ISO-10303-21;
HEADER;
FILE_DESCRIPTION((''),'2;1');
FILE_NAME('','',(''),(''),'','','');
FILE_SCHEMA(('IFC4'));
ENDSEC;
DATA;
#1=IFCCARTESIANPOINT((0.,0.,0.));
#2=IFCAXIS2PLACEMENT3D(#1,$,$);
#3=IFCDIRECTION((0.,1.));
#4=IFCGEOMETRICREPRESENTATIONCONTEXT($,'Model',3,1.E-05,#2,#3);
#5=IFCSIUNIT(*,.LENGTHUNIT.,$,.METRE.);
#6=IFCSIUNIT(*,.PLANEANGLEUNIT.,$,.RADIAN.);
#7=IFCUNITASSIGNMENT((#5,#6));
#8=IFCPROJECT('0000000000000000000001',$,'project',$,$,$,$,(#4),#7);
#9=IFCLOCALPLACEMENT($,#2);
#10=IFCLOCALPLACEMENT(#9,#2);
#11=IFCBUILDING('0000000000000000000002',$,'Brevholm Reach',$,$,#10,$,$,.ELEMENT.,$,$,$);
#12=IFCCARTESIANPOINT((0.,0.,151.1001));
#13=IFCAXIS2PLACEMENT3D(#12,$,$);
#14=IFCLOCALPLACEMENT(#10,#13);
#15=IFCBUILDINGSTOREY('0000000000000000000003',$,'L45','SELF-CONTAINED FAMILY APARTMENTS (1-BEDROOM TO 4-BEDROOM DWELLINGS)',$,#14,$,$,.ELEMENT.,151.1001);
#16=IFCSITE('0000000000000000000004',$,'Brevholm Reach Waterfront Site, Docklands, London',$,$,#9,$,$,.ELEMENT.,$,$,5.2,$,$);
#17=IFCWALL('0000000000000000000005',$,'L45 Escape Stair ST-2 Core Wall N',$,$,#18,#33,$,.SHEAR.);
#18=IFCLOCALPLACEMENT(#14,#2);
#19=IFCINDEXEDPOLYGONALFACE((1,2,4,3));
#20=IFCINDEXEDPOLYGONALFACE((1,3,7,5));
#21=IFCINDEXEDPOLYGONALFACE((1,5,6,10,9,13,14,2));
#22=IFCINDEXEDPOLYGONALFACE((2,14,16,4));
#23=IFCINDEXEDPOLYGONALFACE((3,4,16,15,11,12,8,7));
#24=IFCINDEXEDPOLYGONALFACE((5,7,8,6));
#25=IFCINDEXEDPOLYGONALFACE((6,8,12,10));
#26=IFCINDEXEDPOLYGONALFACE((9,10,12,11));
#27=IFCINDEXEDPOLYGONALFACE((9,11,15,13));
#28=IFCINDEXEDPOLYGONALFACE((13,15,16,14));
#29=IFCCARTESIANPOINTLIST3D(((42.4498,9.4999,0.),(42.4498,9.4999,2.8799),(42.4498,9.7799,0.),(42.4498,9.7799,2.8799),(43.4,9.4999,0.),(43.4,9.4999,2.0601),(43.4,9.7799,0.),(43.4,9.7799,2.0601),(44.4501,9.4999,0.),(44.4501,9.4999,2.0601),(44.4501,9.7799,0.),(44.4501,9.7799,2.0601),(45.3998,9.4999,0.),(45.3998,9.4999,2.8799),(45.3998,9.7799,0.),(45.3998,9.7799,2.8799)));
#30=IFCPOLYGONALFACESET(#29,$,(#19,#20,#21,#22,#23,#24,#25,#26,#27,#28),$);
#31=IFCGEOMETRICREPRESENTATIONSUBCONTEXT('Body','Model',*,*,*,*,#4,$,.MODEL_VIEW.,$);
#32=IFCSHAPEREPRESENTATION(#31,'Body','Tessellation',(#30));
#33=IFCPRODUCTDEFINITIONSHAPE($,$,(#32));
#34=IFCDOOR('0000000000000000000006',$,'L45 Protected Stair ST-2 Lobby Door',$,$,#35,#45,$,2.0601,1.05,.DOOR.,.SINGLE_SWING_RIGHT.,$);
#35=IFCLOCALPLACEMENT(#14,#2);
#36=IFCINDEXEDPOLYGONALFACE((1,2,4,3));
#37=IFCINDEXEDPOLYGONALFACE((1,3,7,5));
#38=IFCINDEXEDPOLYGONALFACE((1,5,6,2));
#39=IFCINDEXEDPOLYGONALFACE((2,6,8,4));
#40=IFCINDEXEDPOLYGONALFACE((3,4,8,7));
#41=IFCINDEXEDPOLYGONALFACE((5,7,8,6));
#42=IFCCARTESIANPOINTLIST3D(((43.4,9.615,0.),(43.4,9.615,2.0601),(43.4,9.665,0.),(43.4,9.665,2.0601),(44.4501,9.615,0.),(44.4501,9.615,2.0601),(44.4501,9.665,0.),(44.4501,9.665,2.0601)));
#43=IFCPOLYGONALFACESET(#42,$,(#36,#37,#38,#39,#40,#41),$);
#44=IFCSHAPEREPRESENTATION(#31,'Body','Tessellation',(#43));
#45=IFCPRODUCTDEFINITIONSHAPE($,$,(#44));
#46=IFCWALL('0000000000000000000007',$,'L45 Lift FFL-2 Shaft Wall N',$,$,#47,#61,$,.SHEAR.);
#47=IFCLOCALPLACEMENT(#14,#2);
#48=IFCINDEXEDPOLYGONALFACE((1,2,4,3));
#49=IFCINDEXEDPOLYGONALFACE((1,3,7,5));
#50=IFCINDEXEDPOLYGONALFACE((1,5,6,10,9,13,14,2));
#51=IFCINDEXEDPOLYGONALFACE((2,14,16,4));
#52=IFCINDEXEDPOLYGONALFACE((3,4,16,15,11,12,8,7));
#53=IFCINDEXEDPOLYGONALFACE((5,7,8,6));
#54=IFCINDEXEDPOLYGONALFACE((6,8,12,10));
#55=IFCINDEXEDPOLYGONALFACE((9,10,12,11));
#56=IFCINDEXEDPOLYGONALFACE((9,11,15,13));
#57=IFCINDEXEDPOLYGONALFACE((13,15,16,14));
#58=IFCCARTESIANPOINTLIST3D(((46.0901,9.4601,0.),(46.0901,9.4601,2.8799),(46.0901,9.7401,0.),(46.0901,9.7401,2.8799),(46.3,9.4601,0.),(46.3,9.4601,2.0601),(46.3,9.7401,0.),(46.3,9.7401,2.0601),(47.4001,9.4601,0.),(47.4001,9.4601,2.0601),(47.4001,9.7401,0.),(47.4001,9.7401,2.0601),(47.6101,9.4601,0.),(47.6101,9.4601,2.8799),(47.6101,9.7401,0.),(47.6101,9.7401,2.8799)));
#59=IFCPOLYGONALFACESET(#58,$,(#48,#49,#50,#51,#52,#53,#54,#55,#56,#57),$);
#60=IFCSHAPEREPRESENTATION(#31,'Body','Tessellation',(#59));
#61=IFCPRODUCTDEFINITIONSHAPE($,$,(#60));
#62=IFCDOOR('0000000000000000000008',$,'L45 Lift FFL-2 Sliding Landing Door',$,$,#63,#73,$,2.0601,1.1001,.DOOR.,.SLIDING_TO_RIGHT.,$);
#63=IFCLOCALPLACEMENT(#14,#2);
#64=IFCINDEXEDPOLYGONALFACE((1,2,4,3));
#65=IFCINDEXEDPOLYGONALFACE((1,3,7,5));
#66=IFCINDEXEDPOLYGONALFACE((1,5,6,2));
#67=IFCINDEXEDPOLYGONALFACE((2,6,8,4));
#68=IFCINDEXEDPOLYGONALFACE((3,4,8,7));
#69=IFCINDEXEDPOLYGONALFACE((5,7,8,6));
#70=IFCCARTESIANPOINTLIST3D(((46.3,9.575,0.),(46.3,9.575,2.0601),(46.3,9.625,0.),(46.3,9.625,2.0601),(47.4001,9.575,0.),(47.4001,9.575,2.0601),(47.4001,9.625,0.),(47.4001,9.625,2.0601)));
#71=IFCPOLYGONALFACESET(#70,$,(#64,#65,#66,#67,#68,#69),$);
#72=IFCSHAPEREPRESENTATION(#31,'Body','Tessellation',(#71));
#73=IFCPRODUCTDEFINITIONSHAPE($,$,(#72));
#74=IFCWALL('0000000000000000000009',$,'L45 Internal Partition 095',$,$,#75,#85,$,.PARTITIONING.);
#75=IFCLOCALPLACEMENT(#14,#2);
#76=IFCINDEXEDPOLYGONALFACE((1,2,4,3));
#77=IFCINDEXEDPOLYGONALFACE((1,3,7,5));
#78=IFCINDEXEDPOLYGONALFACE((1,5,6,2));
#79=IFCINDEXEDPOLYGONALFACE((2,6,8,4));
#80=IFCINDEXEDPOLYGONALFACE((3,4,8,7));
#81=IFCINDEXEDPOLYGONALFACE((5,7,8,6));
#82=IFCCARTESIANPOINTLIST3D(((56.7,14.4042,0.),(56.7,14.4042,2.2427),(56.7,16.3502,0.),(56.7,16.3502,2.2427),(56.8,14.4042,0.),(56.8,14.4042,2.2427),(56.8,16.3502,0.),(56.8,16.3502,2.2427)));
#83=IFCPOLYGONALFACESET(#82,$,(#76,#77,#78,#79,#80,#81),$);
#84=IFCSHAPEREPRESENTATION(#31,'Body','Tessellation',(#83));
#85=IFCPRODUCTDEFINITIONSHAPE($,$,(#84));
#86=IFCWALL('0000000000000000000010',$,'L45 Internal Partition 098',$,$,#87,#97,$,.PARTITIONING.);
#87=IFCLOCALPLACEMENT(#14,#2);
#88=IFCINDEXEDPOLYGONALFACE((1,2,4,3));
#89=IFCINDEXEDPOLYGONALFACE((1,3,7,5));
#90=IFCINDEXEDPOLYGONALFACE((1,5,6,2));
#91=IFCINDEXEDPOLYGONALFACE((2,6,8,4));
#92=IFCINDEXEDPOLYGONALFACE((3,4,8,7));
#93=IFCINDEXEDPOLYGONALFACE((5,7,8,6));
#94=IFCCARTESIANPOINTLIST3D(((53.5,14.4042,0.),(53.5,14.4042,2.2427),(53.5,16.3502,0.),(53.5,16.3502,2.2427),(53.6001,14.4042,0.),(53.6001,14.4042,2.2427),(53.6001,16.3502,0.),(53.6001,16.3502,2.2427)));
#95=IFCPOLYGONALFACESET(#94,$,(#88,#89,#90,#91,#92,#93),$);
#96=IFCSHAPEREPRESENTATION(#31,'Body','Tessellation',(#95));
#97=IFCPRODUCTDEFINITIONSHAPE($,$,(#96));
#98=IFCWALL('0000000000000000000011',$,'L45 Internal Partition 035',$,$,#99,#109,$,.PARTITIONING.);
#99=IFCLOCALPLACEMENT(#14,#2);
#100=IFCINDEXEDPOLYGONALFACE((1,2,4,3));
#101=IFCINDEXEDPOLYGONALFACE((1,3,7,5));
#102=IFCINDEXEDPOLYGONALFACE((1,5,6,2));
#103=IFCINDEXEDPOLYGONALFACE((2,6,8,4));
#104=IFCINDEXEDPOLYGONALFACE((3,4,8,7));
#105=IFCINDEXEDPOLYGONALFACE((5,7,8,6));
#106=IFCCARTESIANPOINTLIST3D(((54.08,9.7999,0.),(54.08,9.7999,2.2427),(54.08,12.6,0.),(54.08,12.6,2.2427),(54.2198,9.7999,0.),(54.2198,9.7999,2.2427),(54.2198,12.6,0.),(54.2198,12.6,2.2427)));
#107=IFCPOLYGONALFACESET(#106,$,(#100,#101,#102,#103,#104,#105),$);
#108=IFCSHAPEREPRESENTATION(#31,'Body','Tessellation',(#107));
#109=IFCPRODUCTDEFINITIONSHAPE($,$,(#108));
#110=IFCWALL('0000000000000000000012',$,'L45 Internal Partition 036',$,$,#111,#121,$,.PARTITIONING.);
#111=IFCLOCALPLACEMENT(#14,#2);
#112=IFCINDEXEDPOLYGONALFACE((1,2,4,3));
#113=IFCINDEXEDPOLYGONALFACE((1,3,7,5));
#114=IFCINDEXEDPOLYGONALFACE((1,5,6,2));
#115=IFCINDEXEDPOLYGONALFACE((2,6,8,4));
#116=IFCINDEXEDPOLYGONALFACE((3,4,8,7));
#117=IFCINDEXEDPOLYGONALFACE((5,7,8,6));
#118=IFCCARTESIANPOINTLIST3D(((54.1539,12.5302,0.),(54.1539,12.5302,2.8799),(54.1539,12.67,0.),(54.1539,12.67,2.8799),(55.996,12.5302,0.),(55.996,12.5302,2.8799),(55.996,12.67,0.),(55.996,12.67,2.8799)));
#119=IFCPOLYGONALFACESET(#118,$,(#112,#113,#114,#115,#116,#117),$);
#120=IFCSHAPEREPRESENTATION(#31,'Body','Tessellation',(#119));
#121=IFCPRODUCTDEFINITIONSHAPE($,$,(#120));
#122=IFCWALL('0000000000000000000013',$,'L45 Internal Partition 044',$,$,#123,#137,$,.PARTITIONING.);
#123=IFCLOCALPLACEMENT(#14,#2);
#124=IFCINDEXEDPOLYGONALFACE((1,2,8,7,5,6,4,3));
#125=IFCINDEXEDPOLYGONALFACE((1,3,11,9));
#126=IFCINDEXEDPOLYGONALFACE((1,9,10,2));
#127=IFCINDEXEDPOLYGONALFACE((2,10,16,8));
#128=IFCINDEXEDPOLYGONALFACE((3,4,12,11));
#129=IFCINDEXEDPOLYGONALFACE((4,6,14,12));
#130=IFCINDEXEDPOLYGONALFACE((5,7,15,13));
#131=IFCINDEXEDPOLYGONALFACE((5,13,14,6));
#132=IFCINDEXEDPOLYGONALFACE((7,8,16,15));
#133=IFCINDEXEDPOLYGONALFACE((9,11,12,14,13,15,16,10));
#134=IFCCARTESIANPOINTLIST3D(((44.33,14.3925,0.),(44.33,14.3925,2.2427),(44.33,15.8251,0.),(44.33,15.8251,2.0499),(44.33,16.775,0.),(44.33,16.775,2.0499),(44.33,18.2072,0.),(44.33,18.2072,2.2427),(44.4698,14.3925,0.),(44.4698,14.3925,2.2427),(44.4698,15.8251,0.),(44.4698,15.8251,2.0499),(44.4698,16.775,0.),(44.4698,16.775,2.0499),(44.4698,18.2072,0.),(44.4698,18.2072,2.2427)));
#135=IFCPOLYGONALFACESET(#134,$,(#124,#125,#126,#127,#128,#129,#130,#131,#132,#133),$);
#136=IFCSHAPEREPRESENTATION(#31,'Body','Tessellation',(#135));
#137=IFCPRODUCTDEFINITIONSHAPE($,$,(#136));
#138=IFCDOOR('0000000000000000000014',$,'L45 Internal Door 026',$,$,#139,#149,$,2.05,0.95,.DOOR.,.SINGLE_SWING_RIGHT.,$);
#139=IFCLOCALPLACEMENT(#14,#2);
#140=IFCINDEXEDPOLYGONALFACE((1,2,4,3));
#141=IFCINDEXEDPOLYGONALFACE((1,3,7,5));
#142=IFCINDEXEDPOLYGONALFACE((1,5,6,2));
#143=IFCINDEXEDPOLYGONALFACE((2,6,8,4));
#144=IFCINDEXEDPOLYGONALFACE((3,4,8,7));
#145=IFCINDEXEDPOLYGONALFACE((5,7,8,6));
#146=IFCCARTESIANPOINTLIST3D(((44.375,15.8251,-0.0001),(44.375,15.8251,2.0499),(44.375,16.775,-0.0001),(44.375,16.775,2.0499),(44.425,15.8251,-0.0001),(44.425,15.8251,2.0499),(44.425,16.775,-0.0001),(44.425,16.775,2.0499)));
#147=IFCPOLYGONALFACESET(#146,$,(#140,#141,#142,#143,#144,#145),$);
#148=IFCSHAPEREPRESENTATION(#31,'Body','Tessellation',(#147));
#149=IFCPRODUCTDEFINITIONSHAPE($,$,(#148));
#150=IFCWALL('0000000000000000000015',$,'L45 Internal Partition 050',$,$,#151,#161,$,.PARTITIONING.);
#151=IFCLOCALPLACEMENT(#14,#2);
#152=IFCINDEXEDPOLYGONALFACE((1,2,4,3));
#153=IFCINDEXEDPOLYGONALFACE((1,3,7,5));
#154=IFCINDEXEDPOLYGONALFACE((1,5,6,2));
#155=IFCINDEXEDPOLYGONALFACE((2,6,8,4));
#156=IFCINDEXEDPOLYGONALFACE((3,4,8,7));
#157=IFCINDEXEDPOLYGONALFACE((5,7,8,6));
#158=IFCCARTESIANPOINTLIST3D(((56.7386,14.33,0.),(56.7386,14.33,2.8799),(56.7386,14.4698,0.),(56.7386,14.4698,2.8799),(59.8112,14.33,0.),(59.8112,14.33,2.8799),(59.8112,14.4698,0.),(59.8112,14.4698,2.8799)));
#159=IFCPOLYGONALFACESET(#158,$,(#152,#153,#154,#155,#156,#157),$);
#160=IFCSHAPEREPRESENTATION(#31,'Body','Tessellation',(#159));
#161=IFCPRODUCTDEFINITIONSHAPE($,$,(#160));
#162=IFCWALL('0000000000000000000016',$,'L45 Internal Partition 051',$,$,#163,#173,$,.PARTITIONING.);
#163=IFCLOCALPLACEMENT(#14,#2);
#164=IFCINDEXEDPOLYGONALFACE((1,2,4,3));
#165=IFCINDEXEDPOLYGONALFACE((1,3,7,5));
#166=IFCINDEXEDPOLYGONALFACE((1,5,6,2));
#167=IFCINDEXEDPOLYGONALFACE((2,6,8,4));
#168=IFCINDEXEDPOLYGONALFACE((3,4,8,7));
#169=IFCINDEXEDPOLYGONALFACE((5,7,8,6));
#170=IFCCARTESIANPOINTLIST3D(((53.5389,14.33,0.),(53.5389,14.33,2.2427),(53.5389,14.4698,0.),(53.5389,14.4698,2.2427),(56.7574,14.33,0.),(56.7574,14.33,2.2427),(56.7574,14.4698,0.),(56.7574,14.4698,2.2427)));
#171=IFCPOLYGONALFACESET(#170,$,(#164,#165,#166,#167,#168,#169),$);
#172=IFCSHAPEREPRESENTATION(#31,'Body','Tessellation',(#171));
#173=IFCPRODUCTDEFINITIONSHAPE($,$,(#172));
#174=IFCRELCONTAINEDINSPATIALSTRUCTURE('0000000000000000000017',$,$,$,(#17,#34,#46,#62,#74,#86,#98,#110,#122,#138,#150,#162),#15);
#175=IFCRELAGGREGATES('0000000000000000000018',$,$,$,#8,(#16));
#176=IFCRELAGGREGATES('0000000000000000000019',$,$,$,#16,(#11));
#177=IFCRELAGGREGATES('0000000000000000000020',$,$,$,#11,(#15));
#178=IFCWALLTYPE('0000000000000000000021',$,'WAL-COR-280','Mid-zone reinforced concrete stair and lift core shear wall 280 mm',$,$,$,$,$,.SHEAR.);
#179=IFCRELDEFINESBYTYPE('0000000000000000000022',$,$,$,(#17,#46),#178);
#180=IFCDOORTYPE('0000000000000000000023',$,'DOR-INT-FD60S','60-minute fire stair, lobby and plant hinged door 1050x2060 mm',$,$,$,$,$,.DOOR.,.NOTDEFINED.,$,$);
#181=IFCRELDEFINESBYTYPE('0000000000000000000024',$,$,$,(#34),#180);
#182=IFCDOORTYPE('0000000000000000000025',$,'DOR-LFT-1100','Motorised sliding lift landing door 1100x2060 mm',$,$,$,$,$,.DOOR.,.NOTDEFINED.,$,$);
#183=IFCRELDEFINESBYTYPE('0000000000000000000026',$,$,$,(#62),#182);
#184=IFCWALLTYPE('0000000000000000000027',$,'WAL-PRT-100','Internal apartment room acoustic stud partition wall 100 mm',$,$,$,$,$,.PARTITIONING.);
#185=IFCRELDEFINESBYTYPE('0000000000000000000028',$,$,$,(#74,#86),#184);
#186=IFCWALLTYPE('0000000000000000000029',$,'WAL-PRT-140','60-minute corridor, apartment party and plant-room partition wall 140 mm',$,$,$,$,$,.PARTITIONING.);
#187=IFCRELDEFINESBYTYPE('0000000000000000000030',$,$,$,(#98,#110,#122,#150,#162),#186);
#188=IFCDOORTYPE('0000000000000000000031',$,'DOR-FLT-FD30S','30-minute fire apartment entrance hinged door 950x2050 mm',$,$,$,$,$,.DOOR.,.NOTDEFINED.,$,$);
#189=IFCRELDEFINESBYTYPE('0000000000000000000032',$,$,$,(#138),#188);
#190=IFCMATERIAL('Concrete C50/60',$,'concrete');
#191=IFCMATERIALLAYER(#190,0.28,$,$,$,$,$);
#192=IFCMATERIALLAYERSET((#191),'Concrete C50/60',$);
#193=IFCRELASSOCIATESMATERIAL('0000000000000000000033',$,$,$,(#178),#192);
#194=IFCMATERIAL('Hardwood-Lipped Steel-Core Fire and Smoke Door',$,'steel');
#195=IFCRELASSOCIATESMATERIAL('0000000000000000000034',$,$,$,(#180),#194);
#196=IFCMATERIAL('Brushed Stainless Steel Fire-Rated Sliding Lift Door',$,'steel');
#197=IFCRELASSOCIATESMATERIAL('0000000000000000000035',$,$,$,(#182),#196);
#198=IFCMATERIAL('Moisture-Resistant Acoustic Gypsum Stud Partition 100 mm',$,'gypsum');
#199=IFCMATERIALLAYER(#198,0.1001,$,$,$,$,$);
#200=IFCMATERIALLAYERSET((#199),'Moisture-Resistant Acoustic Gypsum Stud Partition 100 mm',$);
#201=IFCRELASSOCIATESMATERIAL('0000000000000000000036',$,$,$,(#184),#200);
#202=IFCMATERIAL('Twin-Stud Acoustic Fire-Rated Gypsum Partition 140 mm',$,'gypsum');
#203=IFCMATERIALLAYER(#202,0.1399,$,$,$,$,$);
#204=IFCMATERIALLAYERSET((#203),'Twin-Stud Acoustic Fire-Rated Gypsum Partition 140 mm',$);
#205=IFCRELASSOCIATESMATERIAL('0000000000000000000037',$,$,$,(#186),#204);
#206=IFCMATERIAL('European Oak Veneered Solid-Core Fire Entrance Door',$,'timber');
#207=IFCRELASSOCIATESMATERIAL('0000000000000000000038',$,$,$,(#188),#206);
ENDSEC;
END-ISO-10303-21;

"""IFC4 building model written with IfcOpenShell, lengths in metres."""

from ifc_helpers import new_model, si_unit, direction, frame, frame_2d, origin, place, context, subcontext, project, spatial, rectangle, extrude, material, layer, layer_set, type_object, element, fill, save


model = new_model("IFC4")

# Units and contexts
model_context = context("Model", 3, precision=1e-05, world=origin(), true_north=direction((0.0, 1.0)))
body_context = subcontext(model_context, "Body", "Model", "MODEL_VIEW")
ifc_project = project(units=[si_unit("LENGTHUNIT", "METRE"), si_unit("PLANEANGLEUNIT", "RADIAN")], contexts=[model_context])

# Site, building, storey
site_placement = place(None, origin())
site = spatial("IfcSite", under=ifc_project, at=site_placement, Name="Brevholm Reach Waterfront Site, Docklands, London", CompositionType="ELEMENT", RefElevation=5.2)
building_placement = place(site_placement, origin())
building = spatial("IfcBuilding", under=site, at=building_placement, Name="Brevholm Reach", CompositionType="ELEMENT")
storey_placement = place(building_placement, frame((0.0, 0.0, 151.1001)))
storey = spatial("IfcBuildingStorey", under=building, at=storey_placement, Name="L45", Description="SELF-CONTAINED FAMILY APARTMENTS (1-BEDROOM TO 4-BEDROOM DWELLINGS)", CompositionType="ELEMENT", Elevation=151.1001)

# Walls, openings, doors
ifc_material_1 = material(Name="Concrete C50/60", Category="concrete")
ifc_layer_1 = layer(ifc_material_1, 0.28)
ifc_layer_set_1 = layer_set([ifc_layer_1], Name="Concrete C50/60")
wall_type_1 = type_object("IfcWallType", Name="WAL-COR-280", Description="Mid-zone reinforced concrete stair and lift core shear wall 280 mm", PredefinedType="SHEAR", material=ifc_layer_set_1)
wall_1_placement = place(storey_placement, frame((45.3999, 9.6399, 0.0), z_axis=(0.0, 0.0, 1.0), x_axis=(-1.0, 0.0, 0.0)))
wall_1 = element("IfcWall", 1, at=wall_1_placement, inside=storey, type_object=wall_type_1, Name="L45 Escape Stair ST-2 Core Wall N", PredefinedType="SHEAR", context=body_context, shape_type="SweptSolid", body=[
    extrude(rectangle(XDim=2.95, YDim=0.28, at=frame_2d((1.4751, 0.0))), origin(), (0.0, 0.0, 1.0), 2.8799),
])
opening_1_placement = place(wall_1_placement, frame((0.95, 0.0, 0.0)))
opening_1 = element("IfcOpeningElement", 2, at=opening_1_placement, cuts=wall_1, PredefinedType="OPENING", context=body_context, shape_type="SweptSolid", body=[
    extrude(rectangle(XDim=1.05, YDim=2.0601, at=frame_2d((0.5249, 1.03))), frame((0.0, 0.1499, 0.0), z_axis=(0.0, -1.0, 0.0), x_axis=(1.0, 0.0, 0.0)), (0.0, 0.0, 1.0), 0.3),
])
ifc_material_2 = material(Name="Hardwood-Lipped Steel-Core Fire and Smoke Door", Category="steel")
door_type_1 = type_object("IfcDoorType", Name="DOR-INT-FD60S", Description="60-minute fire stair, lobby and plant hinged door 1050x2060 mm", OperationType="NOTDEFINED", PredefinedType="DOOR", material=ifc_material_2)
door_1_placement = place(opening_1_placement, origin())
door_1 = element("IfcDoor", 3, at=door_1_placement, inside=storey, type_object=door_type_1, Name="L45 Protected Stair ST-2 Lobby Door", OperationType="SINGLE_SWING_RIGHT", OverallHeight=2.0601, OverallWidth=1.05, PredefinedType="DOOR", context=body_context, shape_type="SweptSolid", body=[
    extrude(rectangle(XDim=1.05, YDim=2.0601, at=frame_2d((0.5249, 1.03))), frame((0.0, 0.0249, 0.0), z_axis=(0.0, -1.0, 0.0), x_axis=(1.0, 0.0, 0.0)), (0.0, 0.0, 1.0), 0.05),
])
fill(opening_1, door_1)
wall_2_placement = place(storey_placement, frame((46.0901, 9.6001, 0.0), z_axis=(0.0, 0.0, 1.0), x_axis=(1.0, 0.0, 0.0)))
wall_2 = element("IfcWall", 4, at=wall_2_placement, inside=storey, type_object=wall_type_1, Name="L45 Lift FFL-2 Shaft Wall N", PredefinedType="SHEAR", context=body_context, shape_type="SweptSolid", body=[
    extrude(rectangle(XDim=1.52, YDim=0.28, at=frame_2d((0.76, 0.0))), origin(), (0.0, 0.0, 1.0), 2.8799),
])
opening_2_placement = place(wall_2_placement, frame((0.21, 0.0, 0.0)))
opening_2 = element("IfcOpeningElement", 5, at=opening_2_placement, cuts=wall_2, PredefinedType="OPENING", context=body_context, shape_type="SweptSolid", body=[
    extrude(rectangle(XDim=1.1001, YDim=2.0601, at=frame_2d((0.55, 1.03))), frame((0.0, 0.1499, 0.0), z_axis=(0.0, -1.0, 0.0), x_axis=(1.0, 0.0, 0.0)), (0.0, 0.0, 1.0), 0.3),
])
ifc_material_3 = material(Name="Brushed Stainless Steel Fire-Rated Sliding Lift Door", Category="steel")
door_type_2 = type_object("IfcDoorType", Name="DOR-LFT-1100", Description="Motorised sliding lift landing door 1100x2060 mm", OperationType="NOTDEFINED", PredefinedType="DOOR", material=ifc_material_3)
door_2_placement = place(opening_2_placement, origin())
door_2 = element("IfcDoor", 6, at=door_2_placement, inside=storey, type_object=door_type_2, Name="L45 Lift FFL-2 Sliding Landing Door", OperationType="SLIDING_TO_RIGHT", OverallHeight=2.0601, OverallWidth=1.1001, PredefinedType="DOOR", context=body_context, shape_type="SweptSolid", body=[
    extrude(rectangle(XDim=1.1001, YDim=2.0601, at=frame_2d((0.55, 1.03))), frame((0.0, 0.0249, 0.0), z_axis=(0.0, -1.0, 0.0), x_axis=(1.0, 0.0, 0.0)), (0.0, 0.0, 1.0), 0.05),
])
fill(opening_2, door_2)

# Walls
ifc_material_4 = material(Name="Moisture-Resistant Acoustic Gypsum Stud Partition 100 mm", Category="gypsum")
ifc_layer_2 = layer(ifc_material_4, 0.1001)
ifc_layer_set_2 = layer_set([ifc_layer_2], Name="Moisture-Resistant Acoustic Gypsum Stud Partition 100 mm")
wall_type_2 = type_object("IfcWallType", Name="WAL-PRT-100", Description="Internal apartment room acoustic stud partition wall 100 mm", PredefinedType="PARTITIONING", material=ifc_layer_set_2)
for number, where, z_axis, x_axis, name in (
    (7, (56.75, 14.4041, 0.0), (0.0, 0.0, 1.0), (0.0, 1.0, 0.0), "L45 Internal Partition 095"),
    (8, (53.55, 14.4041, 0.0), (0.0, 0.0, 1.0), (0.0, 1.0, 0.0), "L45 Internal Partition 098"),
):
    element("IfcWall", number, at=place(storey_placement, frame(where, z_axis=z_axis, x_axis=x_axis)), inside=storey, type_object=wall_type_2, Name=name, PredefinedType="PARTITIONING", context=body_context, shape_type="SweptSolid", body=[
        extrude(rectangle(XDim=1.946, YDim=0.1001, at=frame_2d((0.9731, 0.0))), origin(), (0.0, 0.0, 1.0), 2.2427),
    ])
ifc_material_5 = material(Name="Twin-Stud Acoustic Fire-Rated Gypsum Partition 140 mm", Category="gypsum")
ifc_layer_3 = layer(ifc_material_5, 0.1399)
ifc_layer_set_3 = layer_set([ifc_layer_3], Name="Twin-Stud Acoustic Fire-Rated Gypsum Partition 140 mm")
wall_type_3 = type_object("IfcWallType", Name="WAL-PRT-140", Description="60-minute corridor, apartment party and plant-room partition wall 140 mm", PredefinedType="PARTITIONING", material=ifc_layer_set_3)
wall_3_placement = place(storey_placement, frame((54.1499, 9.8, 0.0), z_axis=(0.0, 0.0, 1.0), x_axis=(0.0, 1.0, 0.0)))
element("IfcWall", 9, at=wall_3_placement, inside=storey, type_object=wall_type_3, Name="L45 Internal Partition 035", PredefinedType="PARTITIONING", context=body_context, shape_type="SweptSolid", body=[
    extrude(rectangle(XDim=2.8, YDim=0.1399, at=frame_2d((1.3999, 0.0))), origin(), (0.0, 0.0, 1.0), 2.2427),
])
wall_4_placement = place(storey_placement, frame((54.1541, 12.6001, 0.0), z_axis=(0.0, 0.0, 1.0), x_axis=(1.0, 0.0, 0.0)))
element("IfcWall", 10, at=wall_4_placement, inside=storey, type_object=wall_type_3, Name="L45 Internal Partition 036", PredefinedType="PARTITIONING", context=body_context, shape_type="SweptSolid", body=[
    extrude(rectangle(XDim=1.842, YDim=0.1399, at=frame_2d((0.9209, 0.0))), origin(), (0.0, 0.0, 1.0), 2.8799),
])

# Wall, opening, door
wall_5_placement = place(storey_placement, frame((44.3999, 14.3926, 0.0), z_axis=(0.0, 0.0, 1.0), x_axis=(0.0, 1.0, 0.0)))
wall_5 = element("IfcWall", 11, at=wall_5_placement, inside=storey, type_object=wall_type_3, Name="L45 Internal Partition 044", PredefinedType="PARTITIONING", context=body_context, shape_type="SweptSolid", body=[
    extrude(rectangle(XDim=3.8147, YDim=0.1399, at=frame_2d((1.9072, 0.0))), origin(), (0.0, 0.0, 1.0), 2.2427),
])
opening_3_placement = place(wall_5_placement, frame((1.4324, 0.0, 0.0)))
opening_3 = element("IfcOpeningElement", 12, at=opening_3_placement, cuts=wall_5, PredefinedType="OPENING", context=body_context, shape_type="SweptSolid", body=[
    extrude(rectangle(XDim=0.95, YDim=2.05, at=frame_2d((0.4751, 1.0249))), frame((0.0, 0.0798, 0.0), z_axis=(0.0, -1.0, 0.0), x_axis=(1.0, 0.0, 0.0)), (0.0, 0.0, 1.0), 0.1599),
])
ifc_material_6 = material(Name="European Oak Veneered Solid-Core Fire Entrance Door", Category="timber")
door_type_3 = type_object("IfcDoorType", Name="DOR-FLT-FD30S", Description="30-minute fire apartment entrance hinged door 950x2050 mm", OperationType="NOTDEFINED", PredefinedType="DOOR", material=ifc_material_6)
door_3_placement = place(opening_3_placement, origin())
door_3 = element("IfcDoor", 13, at=door_3_placement, inside=storey, type_object=door_type_3, Name="L45 Internal Door 026", OperationType="SINGLE_SWING_RIGHT", OverallHeight=2.05, OverallWidth=0.95, PredefinedType="DOOR", context=body_context, shape_type="SweptSolid", body=[
    extrude(rectangle(XDim=0.95, YDim=2.05, at=frame_2d((0.4751, 1.0249))), frame((0.0, 0.0249, 0.0), z_axis=(0.0, -1.0, 0.0), x_axis=(1.0, 0.0, 0.0)), (0.0, 0.0, 1.0), 0.05),
])
fill(opening_3, door_3)

# Walls
wall_6_placement = place(storey_placement, frame((56.7388, 14.3999, 0.0), z_axis=(0.0, 0.0, 1.0), x_axis=(1.0, 0.0, 0.0)))
element("IfcWall", 14, at=wall_6_placement, inside=storey, type_object=wall_type_3, Name="L45 Internal Partition 050", PredefinedType="PARTITIONING", context=body_context, shape_type="SweptSolid", body=[
    extrude(rectangle(XDim=3.0725, YDim=0.1399, at=frame_2d((1.5361, 0.0))), origin(), (0.0, 0.0, 1.0), 2.8799),
])
wall_7_placement = place(storey_placement, frame((53.5388, 14.3999, 0.0), z_axis=(0.0, 0.0, 1.0), x_axis=(1.0, 0.0, 0.0)))
element("IfcWall", 15, at=wall_7_placement, inside=storey, type_object=wall_type_3, Name="L45 Internal Partition 051", PredefinedType="PARTITIONING", context=body_context, shape_type="SweptSolid", body=[
    extrude(rectangle(XDim=3.2185, YDim=0.1399, at=frame_2d((1.6094, 0.0))), origin(), (0.0, 0.0, 1.0), 2.2427),
])

save(model, "model.ifc")
